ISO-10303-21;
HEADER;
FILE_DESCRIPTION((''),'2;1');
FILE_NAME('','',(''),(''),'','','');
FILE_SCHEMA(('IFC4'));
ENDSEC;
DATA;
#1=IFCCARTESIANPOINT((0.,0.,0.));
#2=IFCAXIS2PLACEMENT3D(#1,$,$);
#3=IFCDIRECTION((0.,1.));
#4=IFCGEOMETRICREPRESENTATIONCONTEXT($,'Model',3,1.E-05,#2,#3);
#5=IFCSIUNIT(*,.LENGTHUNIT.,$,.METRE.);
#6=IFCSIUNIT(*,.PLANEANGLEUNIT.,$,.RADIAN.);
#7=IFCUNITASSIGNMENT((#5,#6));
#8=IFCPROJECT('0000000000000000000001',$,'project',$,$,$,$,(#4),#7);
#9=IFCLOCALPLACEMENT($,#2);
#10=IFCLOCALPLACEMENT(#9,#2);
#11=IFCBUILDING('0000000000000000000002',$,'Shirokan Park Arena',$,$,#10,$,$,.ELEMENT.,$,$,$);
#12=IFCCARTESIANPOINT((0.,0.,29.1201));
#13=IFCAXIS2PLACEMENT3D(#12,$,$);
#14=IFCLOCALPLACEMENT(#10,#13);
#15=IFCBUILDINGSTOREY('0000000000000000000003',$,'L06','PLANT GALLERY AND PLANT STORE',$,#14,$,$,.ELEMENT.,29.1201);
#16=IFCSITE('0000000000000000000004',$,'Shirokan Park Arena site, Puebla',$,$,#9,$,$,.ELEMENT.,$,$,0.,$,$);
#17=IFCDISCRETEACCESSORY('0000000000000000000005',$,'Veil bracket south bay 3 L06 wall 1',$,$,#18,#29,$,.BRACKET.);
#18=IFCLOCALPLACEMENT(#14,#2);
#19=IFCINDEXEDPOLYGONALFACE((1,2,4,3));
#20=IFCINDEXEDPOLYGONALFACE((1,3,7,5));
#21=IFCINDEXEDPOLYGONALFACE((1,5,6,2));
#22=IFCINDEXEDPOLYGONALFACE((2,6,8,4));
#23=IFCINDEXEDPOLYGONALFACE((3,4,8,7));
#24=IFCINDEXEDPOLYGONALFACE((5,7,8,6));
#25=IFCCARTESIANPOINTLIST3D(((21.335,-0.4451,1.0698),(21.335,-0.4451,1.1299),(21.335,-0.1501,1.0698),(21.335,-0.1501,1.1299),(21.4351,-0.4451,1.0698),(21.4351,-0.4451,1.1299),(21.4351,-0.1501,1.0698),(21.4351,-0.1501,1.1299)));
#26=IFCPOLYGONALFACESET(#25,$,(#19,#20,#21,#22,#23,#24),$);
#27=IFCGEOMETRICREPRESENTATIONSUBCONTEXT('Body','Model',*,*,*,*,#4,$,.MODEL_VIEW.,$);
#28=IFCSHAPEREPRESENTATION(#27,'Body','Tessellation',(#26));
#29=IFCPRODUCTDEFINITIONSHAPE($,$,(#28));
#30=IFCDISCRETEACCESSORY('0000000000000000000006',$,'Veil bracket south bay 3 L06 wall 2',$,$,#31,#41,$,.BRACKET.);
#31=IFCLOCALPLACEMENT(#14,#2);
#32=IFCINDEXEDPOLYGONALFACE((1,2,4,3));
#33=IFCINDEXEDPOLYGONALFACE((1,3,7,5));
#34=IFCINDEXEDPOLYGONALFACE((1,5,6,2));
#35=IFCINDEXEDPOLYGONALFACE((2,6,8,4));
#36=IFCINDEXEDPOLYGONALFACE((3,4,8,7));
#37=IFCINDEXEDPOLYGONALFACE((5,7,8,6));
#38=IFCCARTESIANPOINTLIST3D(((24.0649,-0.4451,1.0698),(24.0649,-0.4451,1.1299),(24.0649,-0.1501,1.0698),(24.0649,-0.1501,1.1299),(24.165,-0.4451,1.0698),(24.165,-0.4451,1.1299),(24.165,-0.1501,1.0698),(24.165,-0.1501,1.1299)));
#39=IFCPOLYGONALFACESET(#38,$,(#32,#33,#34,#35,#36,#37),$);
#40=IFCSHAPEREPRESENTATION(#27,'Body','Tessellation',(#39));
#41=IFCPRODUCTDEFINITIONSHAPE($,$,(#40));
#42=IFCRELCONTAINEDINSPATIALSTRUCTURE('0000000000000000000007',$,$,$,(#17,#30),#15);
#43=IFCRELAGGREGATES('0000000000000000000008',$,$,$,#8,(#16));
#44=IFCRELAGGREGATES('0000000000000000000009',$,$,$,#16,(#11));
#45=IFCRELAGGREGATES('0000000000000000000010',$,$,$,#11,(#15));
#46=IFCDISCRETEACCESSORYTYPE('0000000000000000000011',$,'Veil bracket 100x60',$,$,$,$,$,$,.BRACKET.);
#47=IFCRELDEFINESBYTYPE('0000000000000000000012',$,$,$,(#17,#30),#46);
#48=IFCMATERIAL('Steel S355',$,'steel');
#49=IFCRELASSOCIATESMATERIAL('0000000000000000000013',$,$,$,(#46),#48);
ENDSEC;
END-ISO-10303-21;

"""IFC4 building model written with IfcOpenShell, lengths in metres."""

from ifc_helpers import new_model, si_unit, direction, frame, origin, origin_2d, place, context, subcontext, project, spatial, rectangle, extrude, material, type_object, element, save


model = new_model("IFC4")

# Units and contexts
model_context = context("Model", 3, precision=1e-05, world=origin(), true_north=direction((0.0, 1.0)))
body_context = subcontext(model_context, "Body", "Model", "MODEL_VIEW")
ifc_project = project(units=[si_unit("LENGTHUNIT", "METRE"), si_unit("PLANEANGLEUNIT", "RADIAN")], contexts=[model_context])

# Site, building, storey
site_placement = place(None, origin())
site = spatial("IfcSite", under=ifc_project, at=site_placement, Name="Shirokan Park Arena site, Puebla", CompositionType="ELEMENT", RefElevation=0.0)
building_placement = place(site_placement, origin())
building = spatial("IfcBuilding", under=site, at=building_placement, Name="Shirokan Park Arena", CompositionType="ELEMENT")
storey_placement = place(building_placement, frame((0.0, 0.0, 29.1201)))
storey = spatial("IfcBuildingStorey", under=building, at=storey_placement, Name="L06", Description="PLANT GALLERY AND PLANT STORE", CompositionType="ELEMENT", Elevation=29.1201)

# Discrete accessories
ifc_material_1 = material(Name="Steel S355", Category="steel")
discrete_accessory_type = type_object("IfcDiscreteAccessoryType", Name="Veil bracket 100x60", PredefinedType="BRACKET", material=ifc_material_1)
for number, where, z_axis, x_axis, name in (
    (1, (21.385, -0.2976, 1.0698), (0.0, 0.0, 1.0), (1.0, 0.0, 0.0), "Veil bracket south bay 3 L06 wall 1"),
    (2, (24.115, -0.2976, 1.0698), (0.0, 0.0, 1.0), (1.0, 0.0, 0.0), "Veil bracket south bay 3 L06 wall 2"),
):
    element("IfcDiscreteAccessory", number, at=place(storey_placement, frame(where, z_axis=z_axis, x_axis=x_axis)), inside=storey, type_object=discrete_accessory_type, Name=name, PredefinedType="BRACKET", context=body_context, shape_type="SweptSolid", body=[
        extrude(rectangle(XDim=0.1001, YDim=0.2949, at=origin_2d()), origin(), (0.0, 0.0, 1.0), 0.0601),
    ])

save(model, "model.ifc")
